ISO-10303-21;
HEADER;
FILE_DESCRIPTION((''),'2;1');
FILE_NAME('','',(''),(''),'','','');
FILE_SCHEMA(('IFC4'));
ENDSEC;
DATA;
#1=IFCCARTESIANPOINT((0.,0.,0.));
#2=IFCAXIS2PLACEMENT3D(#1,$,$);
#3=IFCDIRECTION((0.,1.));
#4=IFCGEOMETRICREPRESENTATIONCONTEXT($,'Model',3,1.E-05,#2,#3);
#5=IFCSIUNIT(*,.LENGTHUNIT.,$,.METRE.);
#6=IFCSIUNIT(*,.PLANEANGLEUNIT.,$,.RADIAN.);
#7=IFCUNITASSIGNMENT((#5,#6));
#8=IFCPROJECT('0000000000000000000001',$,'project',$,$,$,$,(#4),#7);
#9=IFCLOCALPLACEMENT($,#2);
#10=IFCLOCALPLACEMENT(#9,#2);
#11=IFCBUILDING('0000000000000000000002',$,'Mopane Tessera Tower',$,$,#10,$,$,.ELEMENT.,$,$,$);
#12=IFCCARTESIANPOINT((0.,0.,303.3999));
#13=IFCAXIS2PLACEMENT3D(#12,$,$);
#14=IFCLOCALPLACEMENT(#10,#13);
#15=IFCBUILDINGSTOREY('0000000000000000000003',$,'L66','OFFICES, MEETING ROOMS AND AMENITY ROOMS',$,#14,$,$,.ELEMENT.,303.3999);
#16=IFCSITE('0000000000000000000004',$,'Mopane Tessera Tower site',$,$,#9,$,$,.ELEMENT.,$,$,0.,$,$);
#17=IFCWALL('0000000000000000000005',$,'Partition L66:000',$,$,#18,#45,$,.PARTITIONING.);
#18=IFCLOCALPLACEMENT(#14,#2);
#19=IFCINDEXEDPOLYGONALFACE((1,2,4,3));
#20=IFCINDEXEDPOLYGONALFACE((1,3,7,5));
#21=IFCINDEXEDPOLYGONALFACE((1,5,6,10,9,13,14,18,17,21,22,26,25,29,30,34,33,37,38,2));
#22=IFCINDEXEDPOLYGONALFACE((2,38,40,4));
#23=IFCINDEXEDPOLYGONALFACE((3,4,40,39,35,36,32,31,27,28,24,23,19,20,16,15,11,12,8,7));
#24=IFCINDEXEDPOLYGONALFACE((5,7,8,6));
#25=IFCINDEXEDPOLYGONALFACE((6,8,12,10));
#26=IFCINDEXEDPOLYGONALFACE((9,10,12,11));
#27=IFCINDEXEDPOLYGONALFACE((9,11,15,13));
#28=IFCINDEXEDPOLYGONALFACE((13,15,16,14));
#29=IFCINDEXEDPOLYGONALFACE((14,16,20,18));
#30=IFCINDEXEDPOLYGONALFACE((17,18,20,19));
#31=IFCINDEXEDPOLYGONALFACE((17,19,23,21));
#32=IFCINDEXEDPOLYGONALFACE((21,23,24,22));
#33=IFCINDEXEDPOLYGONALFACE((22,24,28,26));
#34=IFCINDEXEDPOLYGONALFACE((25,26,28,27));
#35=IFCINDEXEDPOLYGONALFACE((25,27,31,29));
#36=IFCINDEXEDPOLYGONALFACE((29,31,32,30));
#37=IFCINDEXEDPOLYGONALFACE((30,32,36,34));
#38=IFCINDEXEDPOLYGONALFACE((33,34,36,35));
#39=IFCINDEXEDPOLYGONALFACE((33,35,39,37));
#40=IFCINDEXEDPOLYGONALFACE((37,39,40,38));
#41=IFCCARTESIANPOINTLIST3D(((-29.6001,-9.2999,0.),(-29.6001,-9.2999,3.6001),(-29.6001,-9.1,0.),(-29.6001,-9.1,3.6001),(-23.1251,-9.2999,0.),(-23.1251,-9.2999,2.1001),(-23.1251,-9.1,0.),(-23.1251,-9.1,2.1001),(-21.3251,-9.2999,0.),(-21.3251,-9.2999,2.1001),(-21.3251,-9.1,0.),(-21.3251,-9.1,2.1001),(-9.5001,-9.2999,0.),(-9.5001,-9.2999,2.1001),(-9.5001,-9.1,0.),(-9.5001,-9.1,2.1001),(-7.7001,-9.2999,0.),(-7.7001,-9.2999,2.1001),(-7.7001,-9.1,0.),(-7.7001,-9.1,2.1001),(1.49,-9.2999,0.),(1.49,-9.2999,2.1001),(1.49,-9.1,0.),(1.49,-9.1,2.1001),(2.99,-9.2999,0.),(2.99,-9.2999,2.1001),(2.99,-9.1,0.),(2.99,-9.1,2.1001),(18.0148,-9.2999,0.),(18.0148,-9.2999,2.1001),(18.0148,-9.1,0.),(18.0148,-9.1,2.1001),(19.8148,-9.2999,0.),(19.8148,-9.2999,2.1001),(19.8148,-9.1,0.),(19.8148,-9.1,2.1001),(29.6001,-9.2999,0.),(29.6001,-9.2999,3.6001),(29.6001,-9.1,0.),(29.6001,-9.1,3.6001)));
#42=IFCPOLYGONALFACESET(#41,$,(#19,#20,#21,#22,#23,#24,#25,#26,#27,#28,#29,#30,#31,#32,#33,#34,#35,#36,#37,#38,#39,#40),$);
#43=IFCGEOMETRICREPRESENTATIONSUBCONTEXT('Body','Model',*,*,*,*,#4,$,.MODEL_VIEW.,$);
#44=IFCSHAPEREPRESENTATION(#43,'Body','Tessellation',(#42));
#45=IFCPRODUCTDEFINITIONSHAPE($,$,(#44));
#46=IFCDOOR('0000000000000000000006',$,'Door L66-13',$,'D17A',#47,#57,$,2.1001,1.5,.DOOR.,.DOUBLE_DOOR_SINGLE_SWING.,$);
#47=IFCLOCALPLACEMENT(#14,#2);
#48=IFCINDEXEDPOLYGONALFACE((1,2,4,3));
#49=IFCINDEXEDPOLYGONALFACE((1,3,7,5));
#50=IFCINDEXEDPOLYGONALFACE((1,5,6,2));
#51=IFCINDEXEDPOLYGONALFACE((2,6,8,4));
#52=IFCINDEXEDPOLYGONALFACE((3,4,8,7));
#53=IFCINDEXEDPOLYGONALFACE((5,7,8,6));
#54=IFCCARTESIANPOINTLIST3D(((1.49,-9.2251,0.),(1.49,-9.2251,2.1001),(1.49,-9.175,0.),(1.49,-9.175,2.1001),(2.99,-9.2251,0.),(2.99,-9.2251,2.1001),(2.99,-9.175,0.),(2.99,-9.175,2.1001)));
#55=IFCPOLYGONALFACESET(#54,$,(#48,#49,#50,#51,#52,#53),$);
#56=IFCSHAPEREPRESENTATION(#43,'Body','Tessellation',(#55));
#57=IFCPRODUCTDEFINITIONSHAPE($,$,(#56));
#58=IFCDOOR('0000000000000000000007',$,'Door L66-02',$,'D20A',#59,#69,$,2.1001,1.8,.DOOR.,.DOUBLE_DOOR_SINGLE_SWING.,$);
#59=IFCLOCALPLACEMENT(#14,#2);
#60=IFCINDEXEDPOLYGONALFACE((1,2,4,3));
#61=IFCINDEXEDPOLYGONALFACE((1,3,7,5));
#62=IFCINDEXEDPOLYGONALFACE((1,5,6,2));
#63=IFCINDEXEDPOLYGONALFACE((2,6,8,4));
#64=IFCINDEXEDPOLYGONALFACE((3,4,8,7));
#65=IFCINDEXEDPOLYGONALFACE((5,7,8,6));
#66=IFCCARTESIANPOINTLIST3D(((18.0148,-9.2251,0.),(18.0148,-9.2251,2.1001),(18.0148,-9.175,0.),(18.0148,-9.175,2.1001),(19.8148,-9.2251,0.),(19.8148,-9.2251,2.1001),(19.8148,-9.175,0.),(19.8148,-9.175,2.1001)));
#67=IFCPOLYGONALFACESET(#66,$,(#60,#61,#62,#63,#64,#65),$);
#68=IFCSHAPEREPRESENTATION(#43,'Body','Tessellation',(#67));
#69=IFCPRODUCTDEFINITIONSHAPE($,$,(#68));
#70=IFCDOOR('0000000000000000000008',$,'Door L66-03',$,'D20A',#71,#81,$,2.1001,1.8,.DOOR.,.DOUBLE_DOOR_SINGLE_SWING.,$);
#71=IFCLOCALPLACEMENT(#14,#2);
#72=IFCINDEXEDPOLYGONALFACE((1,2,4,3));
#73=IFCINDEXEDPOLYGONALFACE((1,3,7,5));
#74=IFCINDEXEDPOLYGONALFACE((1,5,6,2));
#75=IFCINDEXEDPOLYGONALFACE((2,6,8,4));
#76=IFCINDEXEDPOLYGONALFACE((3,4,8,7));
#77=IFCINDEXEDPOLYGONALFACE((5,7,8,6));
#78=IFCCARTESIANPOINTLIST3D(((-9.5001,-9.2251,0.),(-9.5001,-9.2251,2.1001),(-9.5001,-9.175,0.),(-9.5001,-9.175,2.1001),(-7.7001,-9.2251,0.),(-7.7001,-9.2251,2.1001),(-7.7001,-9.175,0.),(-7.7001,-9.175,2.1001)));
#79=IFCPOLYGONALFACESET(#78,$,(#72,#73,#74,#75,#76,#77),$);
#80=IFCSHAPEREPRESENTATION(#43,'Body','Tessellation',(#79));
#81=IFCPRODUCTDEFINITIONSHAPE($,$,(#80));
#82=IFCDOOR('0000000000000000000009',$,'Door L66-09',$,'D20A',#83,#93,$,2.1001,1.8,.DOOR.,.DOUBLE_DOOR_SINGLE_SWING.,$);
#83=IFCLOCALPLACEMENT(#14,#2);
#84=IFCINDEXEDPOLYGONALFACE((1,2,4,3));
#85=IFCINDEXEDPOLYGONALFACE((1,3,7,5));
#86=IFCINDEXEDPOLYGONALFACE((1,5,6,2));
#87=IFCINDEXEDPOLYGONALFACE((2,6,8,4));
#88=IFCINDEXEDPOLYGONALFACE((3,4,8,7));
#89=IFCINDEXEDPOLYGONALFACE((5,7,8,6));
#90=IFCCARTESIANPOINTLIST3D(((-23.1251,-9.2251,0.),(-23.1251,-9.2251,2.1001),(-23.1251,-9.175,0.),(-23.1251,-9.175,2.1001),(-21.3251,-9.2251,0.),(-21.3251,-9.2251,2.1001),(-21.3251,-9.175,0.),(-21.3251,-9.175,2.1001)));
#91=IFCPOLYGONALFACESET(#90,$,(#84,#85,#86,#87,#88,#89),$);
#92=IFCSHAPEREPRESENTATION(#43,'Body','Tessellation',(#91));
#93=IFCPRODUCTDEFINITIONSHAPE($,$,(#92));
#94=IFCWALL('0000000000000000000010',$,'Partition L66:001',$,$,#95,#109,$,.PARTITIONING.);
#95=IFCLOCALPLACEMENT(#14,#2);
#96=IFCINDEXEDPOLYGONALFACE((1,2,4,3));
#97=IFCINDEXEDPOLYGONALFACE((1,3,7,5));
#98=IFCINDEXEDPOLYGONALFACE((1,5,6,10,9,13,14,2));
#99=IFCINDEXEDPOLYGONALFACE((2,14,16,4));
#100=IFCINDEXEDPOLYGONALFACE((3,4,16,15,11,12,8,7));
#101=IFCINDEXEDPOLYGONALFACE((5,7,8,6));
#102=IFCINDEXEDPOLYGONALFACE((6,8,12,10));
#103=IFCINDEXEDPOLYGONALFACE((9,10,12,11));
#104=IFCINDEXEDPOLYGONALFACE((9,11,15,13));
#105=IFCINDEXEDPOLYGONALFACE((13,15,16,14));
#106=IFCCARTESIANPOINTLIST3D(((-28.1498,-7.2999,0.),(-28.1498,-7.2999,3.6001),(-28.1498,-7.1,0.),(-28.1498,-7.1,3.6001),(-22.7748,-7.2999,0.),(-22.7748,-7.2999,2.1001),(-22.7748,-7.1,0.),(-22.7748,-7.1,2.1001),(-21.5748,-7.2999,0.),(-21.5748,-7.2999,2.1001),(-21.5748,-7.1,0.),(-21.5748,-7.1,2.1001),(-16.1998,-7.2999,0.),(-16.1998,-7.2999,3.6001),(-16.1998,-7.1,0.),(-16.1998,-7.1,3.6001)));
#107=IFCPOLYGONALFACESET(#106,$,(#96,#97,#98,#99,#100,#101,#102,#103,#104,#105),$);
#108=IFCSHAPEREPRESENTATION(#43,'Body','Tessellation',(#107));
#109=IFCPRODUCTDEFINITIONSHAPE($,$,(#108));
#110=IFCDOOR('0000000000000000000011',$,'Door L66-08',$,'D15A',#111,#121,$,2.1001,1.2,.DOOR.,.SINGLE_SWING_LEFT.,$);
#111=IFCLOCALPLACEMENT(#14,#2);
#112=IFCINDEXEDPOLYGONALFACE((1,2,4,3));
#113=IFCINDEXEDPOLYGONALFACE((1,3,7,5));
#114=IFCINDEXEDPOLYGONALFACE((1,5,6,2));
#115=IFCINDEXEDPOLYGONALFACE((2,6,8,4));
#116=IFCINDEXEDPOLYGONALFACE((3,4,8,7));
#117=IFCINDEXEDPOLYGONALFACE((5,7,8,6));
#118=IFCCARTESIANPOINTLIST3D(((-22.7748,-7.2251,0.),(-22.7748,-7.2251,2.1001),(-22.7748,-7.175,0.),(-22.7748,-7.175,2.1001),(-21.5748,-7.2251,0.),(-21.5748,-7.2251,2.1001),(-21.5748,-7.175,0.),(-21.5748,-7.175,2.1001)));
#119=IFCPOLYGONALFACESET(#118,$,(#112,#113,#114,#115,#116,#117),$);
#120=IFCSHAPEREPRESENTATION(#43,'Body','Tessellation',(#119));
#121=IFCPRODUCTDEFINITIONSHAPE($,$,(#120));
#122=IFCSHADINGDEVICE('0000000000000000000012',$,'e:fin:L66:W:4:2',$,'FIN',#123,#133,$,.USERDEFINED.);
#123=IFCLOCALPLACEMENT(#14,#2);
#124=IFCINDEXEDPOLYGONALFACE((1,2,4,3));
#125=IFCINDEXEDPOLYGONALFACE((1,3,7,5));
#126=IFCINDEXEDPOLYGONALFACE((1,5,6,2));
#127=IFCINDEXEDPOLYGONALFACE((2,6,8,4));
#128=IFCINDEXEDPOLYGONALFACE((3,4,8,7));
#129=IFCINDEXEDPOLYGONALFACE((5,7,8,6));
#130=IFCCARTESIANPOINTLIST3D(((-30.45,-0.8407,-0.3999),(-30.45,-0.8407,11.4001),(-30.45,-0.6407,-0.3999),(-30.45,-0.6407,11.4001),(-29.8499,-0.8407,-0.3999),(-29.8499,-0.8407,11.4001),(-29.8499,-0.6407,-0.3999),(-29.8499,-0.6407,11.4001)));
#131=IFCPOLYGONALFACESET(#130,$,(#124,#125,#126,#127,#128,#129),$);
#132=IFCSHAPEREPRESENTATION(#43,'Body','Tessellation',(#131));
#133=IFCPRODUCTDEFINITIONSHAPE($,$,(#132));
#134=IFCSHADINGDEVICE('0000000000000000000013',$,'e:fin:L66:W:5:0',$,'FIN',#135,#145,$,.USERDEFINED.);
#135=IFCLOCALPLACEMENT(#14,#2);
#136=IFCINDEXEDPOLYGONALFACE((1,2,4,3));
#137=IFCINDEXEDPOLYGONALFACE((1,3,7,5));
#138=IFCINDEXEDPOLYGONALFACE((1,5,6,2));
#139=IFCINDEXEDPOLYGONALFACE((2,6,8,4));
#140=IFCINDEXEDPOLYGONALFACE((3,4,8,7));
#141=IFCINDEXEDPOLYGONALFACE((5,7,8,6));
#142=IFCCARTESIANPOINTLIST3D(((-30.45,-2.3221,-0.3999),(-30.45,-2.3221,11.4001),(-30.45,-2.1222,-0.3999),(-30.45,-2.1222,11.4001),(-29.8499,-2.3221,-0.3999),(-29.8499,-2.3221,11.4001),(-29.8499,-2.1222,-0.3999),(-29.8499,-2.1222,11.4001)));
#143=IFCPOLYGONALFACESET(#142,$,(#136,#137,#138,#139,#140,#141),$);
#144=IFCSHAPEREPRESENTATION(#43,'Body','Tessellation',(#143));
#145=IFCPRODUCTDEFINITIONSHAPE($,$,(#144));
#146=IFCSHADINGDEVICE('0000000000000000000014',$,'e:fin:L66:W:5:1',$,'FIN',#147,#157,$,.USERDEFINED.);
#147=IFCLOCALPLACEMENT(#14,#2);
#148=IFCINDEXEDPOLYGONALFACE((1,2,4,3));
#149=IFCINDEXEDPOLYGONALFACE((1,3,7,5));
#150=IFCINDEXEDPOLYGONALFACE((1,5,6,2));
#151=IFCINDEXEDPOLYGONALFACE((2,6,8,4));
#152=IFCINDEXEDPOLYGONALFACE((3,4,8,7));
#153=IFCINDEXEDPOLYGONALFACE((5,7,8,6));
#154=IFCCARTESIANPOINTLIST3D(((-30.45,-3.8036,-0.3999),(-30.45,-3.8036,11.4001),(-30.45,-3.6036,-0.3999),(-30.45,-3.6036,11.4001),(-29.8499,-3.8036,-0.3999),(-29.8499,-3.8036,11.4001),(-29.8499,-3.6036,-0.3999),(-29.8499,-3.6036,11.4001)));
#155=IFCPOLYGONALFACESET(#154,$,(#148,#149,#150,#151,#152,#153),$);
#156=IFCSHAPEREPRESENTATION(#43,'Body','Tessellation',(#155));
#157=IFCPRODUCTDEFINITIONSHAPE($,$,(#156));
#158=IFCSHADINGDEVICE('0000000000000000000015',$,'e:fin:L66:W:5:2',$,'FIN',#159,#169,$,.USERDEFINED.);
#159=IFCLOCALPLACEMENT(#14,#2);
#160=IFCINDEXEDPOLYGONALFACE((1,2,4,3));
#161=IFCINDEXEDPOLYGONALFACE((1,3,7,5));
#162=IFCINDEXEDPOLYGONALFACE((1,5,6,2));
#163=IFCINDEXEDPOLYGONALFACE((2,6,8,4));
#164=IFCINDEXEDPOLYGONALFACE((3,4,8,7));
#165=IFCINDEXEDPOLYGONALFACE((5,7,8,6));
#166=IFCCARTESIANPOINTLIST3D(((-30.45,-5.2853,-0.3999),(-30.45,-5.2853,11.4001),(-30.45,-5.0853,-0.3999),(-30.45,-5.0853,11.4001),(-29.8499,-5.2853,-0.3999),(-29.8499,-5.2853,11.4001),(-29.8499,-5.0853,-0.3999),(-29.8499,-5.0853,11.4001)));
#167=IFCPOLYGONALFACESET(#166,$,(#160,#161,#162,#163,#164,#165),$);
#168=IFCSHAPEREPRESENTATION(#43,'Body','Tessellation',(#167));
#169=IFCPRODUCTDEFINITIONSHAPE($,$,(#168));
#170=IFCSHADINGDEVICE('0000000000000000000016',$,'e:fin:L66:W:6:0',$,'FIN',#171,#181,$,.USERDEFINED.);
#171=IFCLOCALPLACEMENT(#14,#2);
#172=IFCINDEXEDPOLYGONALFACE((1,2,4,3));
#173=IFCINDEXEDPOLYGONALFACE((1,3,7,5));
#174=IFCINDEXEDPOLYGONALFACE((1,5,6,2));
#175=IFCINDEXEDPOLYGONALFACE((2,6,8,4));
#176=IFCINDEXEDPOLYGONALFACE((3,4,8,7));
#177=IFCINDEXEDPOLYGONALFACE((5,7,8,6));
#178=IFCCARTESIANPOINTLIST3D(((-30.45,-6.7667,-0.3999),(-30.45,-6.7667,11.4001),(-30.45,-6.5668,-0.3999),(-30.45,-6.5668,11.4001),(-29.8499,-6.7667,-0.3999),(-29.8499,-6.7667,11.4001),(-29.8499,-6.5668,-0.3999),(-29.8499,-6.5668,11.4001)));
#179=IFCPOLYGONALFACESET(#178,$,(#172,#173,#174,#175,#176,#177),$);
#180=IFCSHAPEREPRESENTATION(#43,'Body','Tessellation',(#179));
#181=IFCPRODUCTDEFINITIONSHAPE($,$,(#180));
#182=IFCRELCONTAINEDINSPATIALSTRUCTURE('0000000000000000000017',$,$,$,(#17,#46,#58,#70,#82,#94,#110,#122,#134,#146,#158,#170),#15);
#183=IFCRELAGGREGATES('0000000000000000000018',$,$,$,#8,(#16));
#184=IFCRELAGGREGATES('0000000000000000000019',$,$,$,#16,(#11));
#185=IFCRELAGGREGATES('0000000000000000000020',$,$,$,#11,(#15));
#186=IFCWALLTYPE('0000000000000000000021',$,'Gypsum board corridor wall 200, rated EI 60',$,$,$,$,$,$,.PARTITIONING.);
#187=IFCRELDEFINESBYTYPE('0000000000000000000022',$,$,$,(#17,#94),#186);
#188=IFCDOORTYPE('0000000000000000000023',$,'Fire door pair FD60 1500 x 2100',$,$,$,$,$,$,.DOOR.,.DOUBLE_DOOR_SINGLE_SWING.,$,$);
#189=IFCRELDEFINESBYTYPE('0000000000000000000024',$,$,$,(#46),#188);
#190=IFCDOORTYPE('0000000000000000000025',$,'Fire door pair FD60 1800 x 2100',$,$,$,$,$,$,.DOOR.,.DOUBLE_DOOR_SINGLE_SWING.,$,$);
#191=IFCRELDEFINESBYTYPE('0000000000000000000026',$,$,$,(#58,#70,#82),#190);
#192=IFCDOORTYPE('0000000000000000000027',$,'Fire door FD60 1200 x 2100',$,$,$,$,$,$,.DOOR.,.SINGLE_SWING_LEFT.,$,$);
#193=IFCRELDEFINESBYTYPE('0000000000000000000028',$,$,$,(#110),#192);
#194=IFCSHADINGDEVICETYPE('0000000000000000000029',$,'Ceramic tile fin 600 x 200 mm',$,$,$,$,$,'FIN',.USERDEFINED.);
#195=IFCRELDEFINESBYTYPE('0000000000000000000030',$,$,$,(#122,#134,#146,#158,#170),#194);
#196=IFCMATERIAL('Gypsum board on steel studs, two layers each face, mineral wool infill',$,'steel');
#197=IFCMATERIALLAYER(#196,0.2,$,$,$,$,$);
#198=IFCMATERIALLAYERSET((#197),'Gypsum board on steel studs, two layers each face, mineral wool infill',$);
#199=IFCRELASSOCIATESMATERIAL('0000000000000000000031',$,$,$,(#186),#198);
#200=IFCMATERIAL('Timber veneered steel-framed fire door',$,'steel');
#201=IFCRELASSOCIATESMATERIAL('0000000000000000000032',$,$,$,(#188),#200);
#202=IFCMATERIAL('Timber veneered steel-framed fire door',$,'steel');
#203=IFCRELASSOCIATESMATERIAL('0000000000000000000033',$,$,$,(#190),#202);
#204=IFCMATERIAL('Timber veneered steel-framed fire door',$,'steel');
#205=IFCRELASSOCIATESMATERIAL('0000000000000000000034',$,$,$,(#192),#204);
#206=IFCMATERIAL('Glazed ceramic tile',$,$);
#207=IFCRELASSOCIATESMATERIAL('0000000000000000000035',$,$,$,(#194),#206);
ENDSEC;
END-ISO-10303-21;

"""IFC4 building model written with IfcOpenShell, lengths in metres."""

from ifc_helpers import new_model, si_unit, direction, frame, frame_2d, origin, origin_2d, place, context, subcontext, project, spatial, rectangle, extrude, material, layer, layer_set, type_object, element, fill, save


model = new_model("IFC4")

# Units and contexts
model_context = context("Model", 3, precision=1e-05, world=origin(), true_north=direction((0.0, 1.0)))
body_context = subcontext(model_context, "Body", "Model", "MODEL_VIEW")
ifc_project = project(units=[si_unit("LENGTHUNIT", "METRE"), si_unit("PLANEANGLEUNIT", "RADIAN")], contexts=[model_context])

# Site, building, storey
site_placement = place(None, origin())
site = spatial("IfcSite", under=ifc_project, at=site_placement, Name="Mopane Tessera Tower site", CompositionType="ELEMENT", RefElevation=0.0)
building_placement = place(site_placement, origin())
building = spatial("IfcBuilding", under=site, at=building_placement, Name="Mopane Tessera Tower", CompositionType="ELEMENT")
storey_placement = place(building_placement, frame((0.0, 0.0, 303.3999)))
storey = spatial("IfcBuildingStorey", under=building, at=storey_placement, Name="L66", Description="OFFICES, MEETING ROOMS AND AMENITY ROOMS", CompositionType="ELEMENT", Elevation=303.3999)

# Wall, openings, doors
ifc_material_1 = material(Name="Gypsum board on steel studs, two layers each face, mineral wool infill", Category="steel")
ifc_layer_1 = layer(ifc_material_1, 0.2)
ifc_layer_set_1 = layer_set([ifc_layer_1], Name="Gypsum board on steel studs, two layers each face, mineral wool infill")
wall_type_1 = type_object("IfcWallType", Name="Gypsum board corridor wall 200, rated EI 60", PredefinedType="PARTITIONING", material=ifc_layer_set_1)
wall_1_placement = place(storey_placement, frame((-29.6001, -9.2, 0.0), z_axis=(0.0, 0.0, 1.0), x_axis=(1.0, 0.0, 0.0)))
wall_1 = element("IfcWall", 1, at=wall_1_placement, inside=storey, type_object=wall_type_1, Name="Partition L66:000", PredefinedType="PARTITIONING", context=body_context, shape_type="SweptSolid", body=[
    extrude(rectangle(XDim=59.2002, YDim=0.2, at=frame_2d((29.6001, 0.0))), origin(), (0.0, 0.0, 1.0), 3.6001),
])
opening_1_placement = place(wall_1_placement, frame((47.615, 0.0, 0.0)))
opening_1 = element("IfcOpeningElement", 2, at=opening_1_placement, cuts=wall_1, PredefinedType="OPENING", context=body_context, shape_type="SweptSolid", body=[
    extrude(rectangle(XDim=1.8, YDim=2.1001, at=frame_2d((0.8999, 1.05))), frame((0.0, 0.1121, 0.0), z_axis=(0.0, -1.0, 0.0), x_axis=(1.0, 0.0, 0.0)), (0.0, 0.0, 1.0), 0.2239),
])
opening_2_placement = place(wall_1_placement, frame((20.1001, 0.0, 0.0)))
opening_2 = element("IfcOpeningElement", 3, at=opening_2_placement, cuts=wall_1, PredefinedType="OPENING", context=body_context, shape_type="SweptSolid", body=[
    extrude(rectangle(XDim=1.8, YDim=2.1001, at=frame_2d((0.8999, 1.05))), frame((0.0, 0.1121, 0.0), z_axis=(0.0, -1.0, 0.0), x_axis=(1.0, 0.0, 0.0)), (0.0, 0.0, 1.0), 0.2239),
])
opening_3_placement = place(wall_1_placement, frame((6.4751, 0.0, 0.0)))
opening_3 = element("IfcOpeningElement", 4, at=opening_3_placement, cuts=wall_1, PredefinedType="OPENING", context=body_context, shape_type="SweptSolid", body=[
    extrude(rectangle(XDim=1.8, YDim=2.1001, at=frame_2d((0.8999, 1.05))), frame((0.0, 0.1121, 0.0), z_axis=(0.0, -1.0, 0.0), x_axis=(1.0, 0.0, 0.0)), (0.0, 0.0, 1.0), 0.2239),
])
opening_4_placement = place(wall_1_placement, frame((31.0901, 0.0, 0.0)))
opening_4 = element("IfcOpeningElement", 5, at=opening_4_placement, cuts=wall_1, PredefinedType="OPENING", context=body_context, shape_type="SweptSolid", body=[
    extrude(rectangle(XDim=1.5, YDim=2.1001, at=frame_2d((0.75, 1.05))), frame((0.0, 0.1121, 0.0), z_axis=(0.0, -1.0, 0.0), x_axis=(1.0, 0.0, 0.0)), (0.0, 0.0, 1.0), 0.2239),
])
ifc_material_2 = material(Name="Timber veneered steel-framed fire door", Category="steel")
door_type_1 = type_object("IfcDoorType", Name="Fire door pair FD60 1500 x 2100", OperationType="DOUBLE_DOOR_SINGLE_SWING", PredefinedType="DOOR", material=ifc_material_2)
door_1_placement = place(opening_4_placement, origin())
door_1 = element("IfcDoor", 6, at=door_1_placement, inside=storey, type_object=door_type_1, Name="Door L66-13", ObjectType="D17A", OperationType="DOUBLE_DOOR_SINGLE_SWING", OverallHeight=2.1001, OverallWidth=1.5, PredefinedType="DOOR", context=body_context, shape_type="SweptSolid", body=[
    extrude(rectangle(XDim=1.5, YDim=2.1001, at=frame_2d((0.75, 1.05))), frame((0.0, 0.0249, 0.0), z_axis=(0.0, -1.0, 0.0), x_axis=(1.0, 0.0, 0.0)), (0.0, 0.0, 1.0), 0.05),
])
fill(opening_4, door_1)
ifc_material_3 = material(Name="Timber veneered steel-framed fire door", Category="steel")
door_type_2 = type_object("IfcDoorType", Name="Fire door pair FD60 1800 x 2100", OperationType="DOUBLE_DOOR_SINGLE_SWING", PredefinedType="DOOR", material=ifc_material_3)
door_2_placement = place(opening_1_placement, origin())
door_2 = element("IfcDoor", 7, at=door_2_placement, inside=storey, type_object=door_type_2, Name="Door L66-02", ObjectType="D20A", OperationType="DOUBLE_DOOR_SINGLE_SWING", OverallHeight=2.1001, OverallWidth=1.8, PredefinedType="DOOR", context=body_context, shape_type="SweptSolid", body=[
    extrude(rectangle(XDim=1.8, YDim=2.1001, at=frame_2d((0.8999, 1.05))), frame((0.0, 0.0249, 0.0), z_axis=(0.0, -1.0, 0.0), x_axis=(1.0, 0.0, 0.0)), (0.0, 0.0, 1.0), 0.05),
])
fill(opening_1, door_2)
door_3_placement = place(opening_2_placement, origin())
door_3 = element("IfcDoor", 8, at=door_3_placement, inside=storey, type_object=door_type_2, Name="Door L66-03", ObjectType="D20A", OperationType="DOUBLE_DOOR_SINGLE_SWING", OverallHeight=2.1001, OverallWidth=1.8, PredefinedType="DOOR", context=body_context, shape_type="SweptSolid", body=[
    extrude(rectangle(XDim=1.8, YDim=2.1001, at=frame_2d((0.8999, 1.05))), frame((0.0, 0.0249, 0.0), z_axis=(0.0, -1.0, 0.0), x_axis=(1.0, 0.0, 0.0)), (0.0, 0.0, 1.0), 0.05),
])
fill(opening_2, door_3)
door_4_placement = place(opening_3_placement, origin())
door_4 = element("IfcDoor", 9, at=door_4_placement, inside=storey, type_object=door_type_2, Name="Door L66-09", ObjectType="D20A", OperationType="DOUBLE_DOOR_SINGLE_SWING", OverallHeight=2.1001, OverallWidth=1.8, PredefinedType="DOOR", context=body_context, shape_type="SweptSolid", body=[
    extrude(rectangle(XDim=1.8, YDim=2.1001, at=frame_2d((0.8999, 1.05))), frame((0.0, 0.0249, 0.0), z_axis=(0.0, -1.0, 0.0), x_axis=(1.0, 0.0, 0.0)), (0.0, 0.0, 1.0), 0.05),
])
fill(opening_3, door_4)

# Wall, opening, door
wall_2_placement = place(storey_placement, frame((-28.1499, -7.2, 0.0), z_axis=(0.0, 0.0, 1.0), x_axis=(1.0, 0.0, 0.0)))
wall_2 = element("IfcWall", 10, at=wall_2_placement, inside=storey, type_object=wall_type_1, Name="Partition L66:001", PredefinedType="PARTITIONING", context=body_context, shape_type="SweptSolid", body=[
    extrude(rectangle(XDim=11.95, YDim=0.2, at=frame_2d((5.9751, 0.0))), origin(), (0.0, 0.0, 1.0), 3.6001),
])
opening_5_placement = place(wall_2_placement, frame((5.375, 0.0, 0.0)))
opening_5 = element("IfcOpeningElement", 11, at=opening_5_placement, cuts=wall_2, PredefinedType="OPENING", context=body_context, shape_type="SweptSolid", body=[
    extrude(rectangle(XDim=1.2, YDim=2.1001, at=frame_2d((0.6001, 1.05))), frame((0.0, 0.1121, 0.0), z_axis=(0.0, -1.0, 0.0), x_axis=(1.0, 0.0, 0.0)), (0.0, 0.0, 1.0), 0.2239),
])
ifc_material_4 = material(Name="Timber veneered steel-framed fire door", Category="steel")
door_type_3 = type_object("IfcDoorType", Name="Fire door FD60 1200 x 2100", OperationType="SINGLE_SWING_LEFT", PredefinedType="DOOR", material=ifc_material_4)
door_5_placement = place(opening_5_placement, origin())
door_5 = element("IfcDoor", 12, at=door_5_placement, inside=storey, type_object=door_type_3, Name="Door L66-08", ObjectType="D15A", OperationType="SINGLE_SWING_LEFT", OverallHeight=2.1001, OverallWidth=1.2, PredefinedType="DOOR", context=body_context, shape_type="SweptSolid", body=[
    extrude(rectangle(XDim=1.2, YDim=2.1001, at=frame_2d((0.6001, 1.05))), frame((0.0, 0.0249, 0.0), z_axis=(0.0, -1.0, 0.0), x_axis=(1.0, 0.0, 0.0)), (0.0, 0.0, 1.0), 0.05),
])
fill(opening_5, door_5)

# Shading devices
ifc_material_5 = material(Name="Glazed ceramic tile")
shading_device_type = type_object("IfcShadingDeviceType", Name="Ceramic tile fin 600 x 200 mm", ElementType="FIN", PredefinedType="USERDEFINED", material=ifc_material_5)
for number, where, z_axis, x_axis, name in (
    (13, (-30.1499, -0.7407, -0.3999), (0.0, 0.0, 1.0), (0.0, -1.0, 0.0), "e:fin:L66:W:4:2"),
    (14, (-30.1499, -2.2222, -0.3999), (0.0, 0.0, 1.0), (0.0, -1.0, 0.0), "e:fin:L66:W:5:0"),
    (15, (-30.1499, -3.7036, -0.3999), (0.0, 0.0, 1.0), (0.0, -1.0, 0.0), "e:fin:L66:W:5:1"),
    (16, (-30.1499, -5.1853, -0.3999), (0.0, 0.0, 1.0), (0.0, -1.0, 0.0), "e:fin:L66:W:5:2"),
    (17, (-30.1499, -6.6667, -0.3999), (0.0, 0.0, 1.0), (0.0, -1.0, 0.0), "e:fin:L66:W:6:0"),
):
    element("IfcShadingDevice", number, at=place(storey_placement, frame(where, z_axis=z_axis, x_axis=x_axis)), inside=storey, type_object=shading_device_type, Name=name, ObjectType="FIN", PredefinedType="USERDEFINED", context=body_context, shape_type="SweptSolid", body=[
        extrude(rectangle(XDim=0.2, YDim=0.6001, at=origin_2d()), origin(), (0.0, 0.0, 1.0), 11.8),
    ])

save(model, "model.ifc")
